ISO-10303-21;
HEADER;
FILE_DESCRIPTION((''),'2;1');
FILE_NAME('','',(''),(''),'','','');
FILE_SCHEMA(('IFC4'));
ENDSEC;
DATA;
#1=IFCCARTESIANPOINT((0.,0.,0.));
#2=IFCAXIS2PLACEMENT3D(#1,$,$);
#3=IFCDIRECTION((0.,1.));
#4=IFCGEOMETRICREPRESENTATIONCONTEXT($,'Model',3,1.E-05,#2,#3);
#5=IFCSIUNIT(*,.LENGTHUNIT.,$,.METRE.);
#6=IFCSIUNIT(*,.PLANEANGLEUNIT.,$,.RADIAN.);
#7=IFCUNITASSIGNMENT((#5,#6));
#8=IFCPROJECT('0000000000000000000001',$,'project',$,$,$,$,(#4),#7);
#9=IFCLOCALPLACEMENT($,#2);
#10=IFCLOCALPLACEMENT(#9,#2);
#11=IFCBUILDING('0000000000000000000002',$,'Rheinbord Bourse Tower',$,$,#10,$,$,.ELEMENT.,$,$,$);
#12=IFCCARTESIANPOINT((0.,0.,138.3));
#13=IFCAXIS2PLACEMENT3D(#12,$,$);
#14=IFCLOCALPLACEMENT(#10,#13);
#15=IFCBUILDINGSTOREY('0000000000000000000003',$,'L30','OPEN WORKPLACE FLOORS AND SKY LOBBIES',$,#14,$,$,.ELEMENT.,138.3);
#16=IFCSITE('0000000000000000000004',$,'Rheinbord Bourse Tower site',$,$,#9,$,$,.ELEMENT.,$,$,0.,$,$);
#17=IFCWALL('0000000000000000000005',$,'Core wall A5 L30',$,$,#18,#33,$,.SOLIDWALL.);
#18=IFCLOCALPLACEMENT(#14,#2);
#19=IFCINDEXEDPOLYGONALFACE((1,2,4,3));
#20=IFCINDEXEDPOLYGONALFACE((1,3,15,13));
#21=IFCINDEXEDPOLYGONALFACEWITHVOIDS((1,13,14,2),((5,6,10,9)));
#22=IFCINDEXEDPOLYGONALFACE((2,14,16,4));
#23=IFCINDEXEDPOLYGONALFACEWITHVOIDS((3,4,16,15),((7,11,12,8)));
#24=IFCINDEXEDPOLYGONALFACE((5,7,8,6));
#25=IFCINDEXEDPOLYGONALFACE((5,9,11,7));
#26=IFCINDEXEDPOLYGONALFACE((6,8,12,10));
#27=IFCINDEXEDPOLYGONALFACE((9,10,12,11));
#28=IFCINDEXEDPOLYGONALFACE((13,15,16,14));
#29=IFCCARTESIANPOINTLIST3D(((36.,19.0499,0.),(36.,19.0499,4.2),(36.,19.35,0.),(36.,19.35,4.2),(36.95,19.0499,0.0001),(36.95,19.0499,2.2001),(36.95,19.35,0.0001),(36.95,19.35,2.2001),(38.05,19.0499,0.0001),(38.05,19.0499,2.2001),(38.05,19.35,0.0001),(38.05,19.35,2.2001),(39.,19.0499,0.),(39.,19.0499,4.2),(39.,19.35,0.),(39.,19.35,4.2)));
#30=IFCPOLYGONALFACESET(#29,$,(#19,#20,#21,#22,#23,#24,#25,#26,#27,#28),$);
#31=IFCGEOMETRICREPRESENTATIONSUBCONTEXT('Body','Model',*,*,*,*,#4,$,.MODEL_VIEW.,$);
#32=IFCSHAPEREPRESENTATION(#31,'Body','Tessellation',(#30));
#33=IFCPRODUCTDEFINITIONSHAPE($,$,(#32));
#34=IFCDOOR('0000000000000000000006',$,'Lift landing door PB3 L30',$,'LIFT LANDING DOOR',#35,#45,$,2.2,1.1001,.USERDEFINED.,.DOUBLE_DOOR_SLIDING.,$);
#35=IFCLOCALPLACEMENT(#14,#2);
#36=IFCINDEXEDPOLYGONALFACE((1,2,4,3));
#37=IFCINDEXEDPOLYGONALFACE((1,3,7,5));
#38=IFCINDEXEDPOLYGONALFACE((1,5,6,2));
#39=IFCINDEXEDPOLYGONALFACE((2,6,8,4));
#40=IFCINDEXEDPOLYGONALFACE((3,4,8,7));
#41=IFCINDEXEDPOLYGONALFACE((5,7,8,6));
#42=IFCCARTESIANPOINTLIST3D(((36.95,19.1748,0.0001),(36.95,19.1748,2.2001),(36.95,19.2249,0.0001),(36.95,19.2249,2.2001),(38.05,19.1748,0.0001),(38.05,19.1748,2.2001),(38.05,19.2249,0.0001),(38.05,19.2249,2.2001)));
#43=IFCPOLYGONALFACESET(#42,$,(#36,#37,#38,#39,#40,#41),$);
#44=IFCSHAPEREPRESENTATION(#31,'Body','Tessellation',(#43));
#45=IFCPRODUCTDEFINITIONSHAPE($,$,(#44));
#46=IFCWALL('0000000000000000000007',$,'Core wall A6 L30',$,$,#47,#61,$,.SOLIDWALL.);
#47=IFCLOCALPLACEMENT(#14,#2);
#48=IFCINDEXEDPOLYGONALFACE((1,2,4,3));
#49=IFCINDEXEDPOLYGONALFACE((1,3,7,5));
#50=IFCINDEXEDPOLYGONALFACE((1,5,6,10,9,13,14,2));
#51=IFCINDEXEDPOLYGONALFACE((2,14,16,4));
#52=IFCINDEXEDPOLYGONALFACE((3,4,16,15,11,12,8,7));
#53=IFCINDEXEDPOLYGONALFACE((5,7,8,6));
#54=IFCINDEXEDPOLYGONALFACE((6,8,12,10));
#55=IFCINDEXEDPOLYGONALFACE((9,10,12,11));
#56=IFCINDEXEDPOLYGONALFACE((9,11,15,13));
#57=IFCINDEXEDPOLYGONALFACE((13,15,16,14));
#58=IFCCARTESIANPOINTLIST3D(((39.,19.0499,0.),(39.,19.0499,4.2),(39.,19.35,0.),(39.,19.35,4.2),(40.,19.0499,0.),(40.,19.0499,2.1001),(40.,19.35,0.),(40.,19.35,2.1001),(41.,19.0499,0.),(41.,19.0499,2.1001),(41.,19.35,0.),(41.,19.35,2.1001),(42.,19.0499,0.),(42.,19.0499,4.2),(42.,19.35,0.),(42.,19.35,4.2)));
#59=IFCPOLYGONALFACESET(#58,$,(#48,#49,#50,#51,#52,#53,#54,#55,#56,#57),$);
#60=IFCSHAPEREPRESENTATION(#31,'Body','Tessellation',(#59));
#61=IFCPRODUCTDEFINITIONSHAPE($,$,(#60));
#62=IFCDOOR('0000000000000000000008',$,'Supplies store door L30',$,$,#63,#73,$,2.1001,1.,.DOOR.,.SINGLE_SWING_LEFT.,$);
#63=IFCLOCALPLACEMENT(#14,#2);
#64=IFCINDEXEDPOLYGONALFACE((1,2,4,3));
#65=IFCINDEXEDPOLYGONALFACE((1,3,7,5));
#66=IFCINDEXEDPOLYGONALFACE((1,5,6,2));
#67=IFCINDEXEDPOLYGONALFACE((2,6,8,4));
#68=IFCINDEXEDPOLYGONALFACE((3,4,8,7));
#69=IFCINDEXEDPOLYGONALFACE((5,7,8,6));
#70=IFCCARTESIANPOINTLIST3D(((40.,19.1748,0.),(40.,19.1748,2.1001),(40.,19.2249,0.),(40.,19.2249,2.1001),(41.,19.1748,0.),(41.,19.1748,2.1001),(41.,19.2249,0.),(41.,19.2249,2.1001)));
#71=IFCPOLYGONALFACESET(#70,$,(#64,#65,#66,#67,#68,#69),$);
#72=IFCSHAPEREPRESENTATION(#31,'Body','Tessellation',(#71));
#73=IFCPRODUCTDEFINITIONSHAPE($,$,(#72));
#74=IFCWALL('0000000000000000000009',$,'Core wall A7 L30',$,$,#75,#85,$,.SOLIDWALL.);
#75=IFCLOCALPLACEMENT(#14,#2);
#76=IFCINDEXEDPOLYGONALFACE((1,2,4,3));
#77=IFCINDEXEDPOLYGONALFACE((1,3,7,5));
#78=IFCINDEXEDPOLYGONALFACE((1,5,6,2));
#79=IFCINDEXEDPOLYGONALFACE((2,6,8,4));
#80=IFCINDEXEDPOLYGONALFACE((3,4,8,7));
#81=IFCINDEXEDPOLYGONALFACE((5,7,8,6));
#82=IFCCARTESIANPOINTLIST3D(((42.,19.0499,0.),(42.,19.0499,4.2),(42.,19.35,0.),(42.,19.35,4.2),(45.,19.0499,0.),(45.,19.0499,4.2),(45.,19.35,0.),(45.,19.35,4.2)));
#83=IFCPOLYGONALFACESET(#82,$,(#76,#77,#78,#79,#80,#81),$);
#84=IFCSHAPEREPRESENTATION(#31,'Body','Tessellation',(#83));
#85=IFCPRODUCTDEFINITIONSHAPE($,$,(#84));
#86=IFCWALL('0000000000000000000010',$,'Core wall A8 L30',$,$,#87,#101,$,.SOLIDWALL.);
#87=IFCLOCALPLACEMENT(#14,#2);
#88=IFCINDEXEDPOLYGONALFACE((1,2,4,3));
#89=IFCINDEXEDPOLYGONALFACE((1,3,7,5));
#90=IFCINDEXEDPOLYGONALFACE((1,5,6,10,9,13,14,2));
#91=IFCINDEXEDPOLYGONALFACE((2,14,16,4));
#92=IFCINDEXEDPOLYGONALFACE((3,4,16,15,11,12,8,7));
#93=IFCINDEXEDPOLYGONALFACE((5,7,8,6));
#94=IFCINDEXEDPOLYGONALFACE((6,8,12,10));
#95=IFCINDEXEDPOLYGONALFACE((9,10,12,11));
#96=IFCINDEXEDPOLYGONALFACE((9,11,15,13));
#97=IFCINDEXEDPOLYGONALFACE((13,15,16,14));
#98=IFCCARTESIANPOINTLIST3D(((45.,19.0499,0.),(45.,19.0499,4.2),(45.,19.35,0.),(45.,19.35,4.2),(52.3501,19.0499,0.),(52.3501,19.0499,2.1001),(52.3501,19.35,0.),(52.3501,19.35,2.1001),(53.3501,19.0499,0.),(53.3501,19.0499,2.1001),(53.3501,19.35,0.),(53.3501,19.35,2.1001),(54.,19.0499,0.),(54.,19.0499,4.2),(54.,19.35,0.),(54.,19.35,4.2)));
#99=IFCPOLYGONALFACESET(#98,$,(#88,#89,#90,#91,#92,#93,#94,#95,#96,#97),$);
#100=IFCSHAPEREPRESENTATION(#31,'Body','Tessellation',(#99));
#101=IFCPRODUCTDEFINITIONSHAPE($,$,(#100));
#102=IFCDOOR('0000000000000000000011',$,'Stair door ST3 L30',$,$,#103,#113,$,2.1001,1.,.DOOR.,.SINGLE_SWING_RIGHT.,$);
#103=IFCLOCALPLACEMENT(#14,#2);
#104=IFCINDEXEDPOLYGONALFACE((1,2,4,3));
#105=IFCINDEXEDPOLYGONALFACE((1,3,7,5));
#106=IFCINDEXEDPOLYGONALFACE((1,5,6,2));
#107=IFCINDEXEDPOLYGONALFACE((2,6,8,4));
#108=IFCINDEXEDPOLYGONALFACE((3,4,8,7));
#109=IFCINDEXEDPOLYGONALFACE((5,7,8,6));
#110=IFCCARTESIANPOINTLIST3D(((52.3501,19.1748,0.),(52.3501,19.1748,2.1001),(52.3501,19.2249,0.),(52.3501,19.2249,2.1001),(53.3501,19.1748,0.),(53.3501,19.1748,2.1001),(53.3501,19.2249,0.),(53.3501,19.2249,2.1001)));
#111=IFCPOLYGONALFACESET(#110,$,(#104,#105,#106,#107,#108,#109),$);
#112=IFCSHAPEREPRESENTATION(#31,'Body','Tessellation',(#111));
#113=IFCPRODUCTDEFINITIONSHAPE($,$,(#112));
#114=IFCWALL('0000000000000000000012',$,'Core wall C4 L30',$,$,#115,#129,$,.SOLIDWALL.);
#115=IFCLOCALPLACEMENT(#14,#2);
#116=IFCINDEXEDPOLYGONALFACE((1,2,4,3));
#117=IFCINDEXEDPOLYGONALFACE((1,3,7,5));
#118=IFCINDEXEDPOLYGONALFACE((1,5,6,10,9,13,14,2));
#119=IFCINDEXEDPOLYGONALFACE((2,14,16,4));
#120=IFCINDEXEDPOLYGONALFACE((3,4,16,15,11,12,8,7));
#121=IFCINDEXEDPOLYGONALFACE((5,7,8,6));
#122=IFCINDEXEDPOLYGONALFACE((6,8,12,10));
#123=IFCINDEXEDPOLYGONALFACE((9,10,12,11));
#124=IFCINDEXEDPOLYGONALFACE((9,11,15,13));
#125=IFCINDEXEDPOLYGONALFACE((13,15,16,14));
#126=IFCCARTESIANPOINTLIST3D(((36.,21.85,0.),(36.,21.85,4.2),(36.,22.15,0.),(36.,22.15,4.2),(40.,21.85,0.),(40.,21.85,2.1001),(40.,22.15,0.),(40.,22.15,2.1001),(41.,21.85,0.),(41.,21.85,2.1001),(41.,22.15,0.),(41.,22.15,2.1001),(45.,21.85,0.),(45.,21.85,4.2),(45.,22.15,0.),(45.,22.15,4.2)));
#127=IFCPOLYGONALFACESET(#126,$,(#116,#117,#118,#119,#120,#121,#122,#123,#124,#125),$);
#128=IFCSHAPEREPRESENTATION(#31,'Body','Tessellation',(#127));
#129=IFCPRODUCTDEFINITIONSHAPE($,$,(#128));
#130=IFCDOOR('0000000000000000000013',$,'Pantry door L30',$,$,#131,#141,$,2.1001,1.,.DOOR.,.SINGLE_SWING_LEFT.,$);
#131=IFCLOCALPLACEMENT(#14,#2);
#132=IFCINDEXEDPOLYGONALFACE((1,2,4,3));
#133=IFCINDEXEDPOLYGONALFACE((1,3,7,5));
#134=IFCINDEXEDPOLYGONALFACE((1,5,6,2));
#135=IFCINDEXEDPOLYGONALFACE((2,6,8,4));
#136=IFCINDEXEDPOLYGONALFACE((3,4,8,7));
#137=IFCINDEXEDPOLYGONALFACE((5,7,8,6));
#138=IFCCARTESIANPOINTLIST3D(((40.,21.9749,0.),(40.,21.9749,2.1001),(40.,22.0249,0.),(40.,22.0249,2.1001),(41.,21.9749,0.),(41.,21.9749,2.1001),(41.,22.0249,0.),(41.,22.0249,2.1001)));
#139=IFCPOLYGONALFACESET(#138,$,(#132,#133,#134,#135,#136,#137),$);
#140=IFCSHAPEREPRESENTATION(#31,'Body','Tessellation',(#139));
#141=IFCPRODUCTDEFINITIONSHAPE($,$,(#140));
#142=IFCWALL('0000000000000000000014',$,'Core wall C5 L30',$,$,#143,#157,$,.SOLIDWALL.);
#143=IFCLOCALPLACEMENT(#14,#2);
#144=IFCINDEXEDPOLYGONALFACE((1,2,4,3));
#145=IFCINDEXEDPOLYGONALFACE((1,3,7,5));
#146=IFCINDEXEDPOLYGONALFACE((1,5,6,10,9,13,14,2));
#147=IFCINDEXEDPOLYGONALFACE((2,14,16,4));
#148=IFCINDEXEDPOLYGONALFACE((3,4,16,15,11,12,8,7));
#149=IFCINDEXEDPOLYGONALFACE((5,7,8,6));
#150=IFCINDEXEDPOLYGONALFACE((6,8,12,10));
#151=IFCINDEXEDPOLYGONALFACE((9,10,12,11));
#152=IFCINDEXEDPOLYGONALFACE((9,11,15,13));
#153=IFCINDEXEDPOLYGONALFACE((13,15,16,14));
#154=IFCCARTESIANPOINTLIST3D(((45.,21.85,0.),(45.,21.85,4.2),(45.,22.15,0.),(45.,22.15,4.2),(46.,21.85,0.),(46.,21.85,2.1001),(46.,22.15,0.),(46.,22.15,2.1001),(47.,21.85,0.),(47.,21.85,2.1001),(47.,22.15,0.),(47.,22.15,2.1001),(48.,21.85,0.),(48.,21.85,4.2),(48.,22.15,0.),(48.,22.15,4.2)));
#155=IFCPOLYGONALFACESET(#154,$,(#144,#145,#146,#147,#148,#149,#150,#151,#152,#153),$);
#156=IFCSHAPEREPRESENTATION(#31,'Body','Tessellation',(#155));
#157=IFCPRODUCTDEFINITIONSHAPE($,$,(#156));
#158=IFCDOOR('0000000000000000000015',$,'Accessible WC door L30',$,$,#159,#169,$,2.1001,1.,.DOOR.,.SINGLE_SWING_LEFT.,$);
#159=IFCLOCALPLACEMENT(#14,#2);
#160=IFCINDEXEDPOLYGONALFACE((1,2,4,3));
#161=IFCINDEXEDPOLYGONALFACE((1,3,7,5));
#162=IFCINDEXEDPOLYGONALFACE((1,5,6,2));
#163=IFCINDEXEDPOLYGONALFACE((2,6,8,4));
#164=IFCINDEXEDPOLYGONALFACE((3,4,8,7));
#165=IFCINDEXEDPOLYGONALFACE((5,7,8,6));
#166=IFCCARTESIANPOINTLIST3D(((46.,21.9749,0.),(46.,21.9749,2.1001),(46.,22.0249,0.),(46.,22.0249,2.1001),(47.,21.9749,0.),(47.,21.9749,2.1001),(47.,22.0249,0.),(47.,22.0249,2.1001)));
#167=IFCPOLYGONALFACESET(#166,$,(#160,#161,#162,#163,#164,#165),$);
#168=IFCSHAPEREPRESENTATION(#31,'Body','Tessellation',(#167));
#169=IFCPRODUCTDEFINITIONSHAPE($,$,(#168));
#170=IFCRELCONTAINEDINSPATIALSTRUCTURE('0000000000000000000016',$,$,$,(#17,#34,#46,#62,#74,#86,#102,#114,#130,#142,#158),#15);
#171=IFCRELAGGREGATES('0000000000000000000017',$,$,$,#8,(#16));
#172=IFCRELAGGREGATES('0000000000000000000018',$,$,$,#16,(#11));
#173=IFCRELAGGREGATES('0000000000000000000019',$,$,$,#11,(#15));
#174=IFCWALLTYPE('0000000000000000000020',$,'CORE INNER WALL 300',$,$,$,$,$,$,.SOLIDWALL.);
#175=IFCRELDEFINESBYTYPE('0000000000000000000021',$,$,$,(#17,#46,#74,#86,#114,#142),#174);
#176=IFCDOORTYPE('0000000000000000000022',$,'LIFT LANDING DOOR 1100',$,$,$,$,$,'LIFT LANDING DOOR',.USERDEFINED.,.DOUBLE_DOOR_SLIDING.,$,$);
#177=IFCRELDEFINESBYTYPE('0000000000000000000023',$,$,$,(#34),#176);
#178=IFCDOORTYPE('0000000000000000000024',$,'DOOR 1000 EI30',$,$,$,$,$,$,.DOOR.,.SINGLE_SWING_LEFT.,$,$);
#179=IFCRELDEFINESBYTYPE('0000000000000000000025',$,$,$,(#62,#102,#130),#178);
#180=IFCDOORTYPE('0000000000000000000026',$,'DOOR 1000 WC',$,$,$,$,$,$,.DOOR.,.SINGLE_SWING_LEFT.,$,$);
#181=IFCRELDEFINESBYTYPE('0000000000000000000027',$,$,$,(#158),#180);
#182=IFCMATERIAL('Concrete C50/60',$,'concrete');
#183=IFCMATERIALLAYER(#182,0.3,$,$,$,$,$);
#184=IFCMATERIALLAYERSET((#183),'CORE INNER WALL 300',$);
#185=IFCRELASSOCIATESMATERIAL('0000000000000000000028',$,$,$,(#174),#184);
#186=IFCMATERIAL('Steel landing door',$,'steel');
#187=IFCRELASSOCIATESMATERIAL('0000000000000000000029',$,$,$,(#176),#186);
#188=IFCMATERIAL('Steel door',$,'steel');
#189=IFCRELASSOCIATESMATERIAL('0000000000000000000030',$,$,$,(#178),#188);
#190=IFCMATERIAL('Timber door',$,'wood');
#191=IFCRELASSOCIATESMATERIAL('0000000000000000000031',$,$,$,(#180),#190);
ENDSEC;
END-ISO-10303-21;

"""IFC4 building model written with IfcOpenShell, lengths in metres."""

from ifc_helpers import new_model, si_unit, direction, frame, frame_2d, origin, place, context, subcontext, project, spatial, rectangle, extrude, material, layer, layer_set, type_object, element, fill, save


model = new_model("IFC4")

# Units and contexts
model_context = context("Model", 3, precision=1e-05, world=origin(), true_north=direction((0.0, 1.0)))
body_context = subcontext(model_context, "Body", "Model", "MODEL_VIEW")
ifc_project = project(units=[si_unit("LENGTHUNIT", "METRE"), si_unit("PLANEANGLEUNIT", "RADIAN")], contexts=[model_context])

# Site, building, storey
site_placement = place(None, origin())
site = spatial("IfcSite", under=ifc_project, at=site_placement, Name="Rheinbord Bourse Tower site", CompositionType="ELEMENT", RefElevation=0.0)
building_placement = place(site_placement, origin())
building = spatial("IfcBuilding", under=site, at=building_placement, Name="Rheinbord Bourse Tower", CompositionType="ELEMENT")
storey_placement = place(building_placement, frame((0.0, 0.0, 138.3)))
storey = spatial("IfcBuildingStorey", under=building, at=storey_placement, Name="L30", Description="OPEN WORKPLACE FLOORS AND SKY LOBBIES", CompositionType="ELEMENT", Elevation=138.3)

# Walls, openings, doors
ifc_material_1 = material(Name="Concrete C50/60", Category="concrete")
ifc_layer_1 = layer(ifc_material_1, 0.3)
ifc_layer_set_1 = layer_set([ifc_layer_1], Name="CORE INNER WALL 300")
wall_type_1 = type_object("IfcWallType", Name="CORE INNER WALL 300", PredefinedType="SOLIDWALL", material=ifc_layer_set_1)
wall_1_placement = place(storey_placement, frame((36.0, 19.2, 0.0), z_axis=(0.0, 0.0, 1.0), x_axis=(1.0, 0.0, 0.0)))
wall_1 = element("IfcWall", 1, at=wall_1_placement, inside=storey, type_object=wall_type_1, Name="Core wall A5 L30", PredefinedType="SOLIDWALL", context=body_context, shape_type="SweptSolid", body=[
    extrude(rectangle(XDim=3.0, YDim=0.3, at=frame_2d((1.5, 0.0))), origin(), (0.0, 0.0, 1.0), 4.2),
])
opening_1_placement = place(wall_1_placement, frame((0.95, 0.0, 0.0)))
opening_1 = element("IfcOpeningElement", 2, at=opening_1_placement, cuts=wall_1, PredefinedType="OPENING", context=body_context, shape_type="SweptSolid", body=[
    extrude(rectangle(XDim=1.1001, YDim=2.2, at=frame_2d((0.55, 1.1001))), frame((0.0, 0.1599, 0.0), z_axis=(0.0, -1.0, 0.0), x_axis=(1.0, 0.0, 0.0)), (0.0, 0.0, 1.0), 0.3201),
])
ifc_material_2 = material(Name="Steel landing door", Category="steel")
door_type_1 = type_object("IfcDoorType", Name="LIFT LANDING DOOR 1100", ElementType="LIFT LANDING DOOR", OperationType="DOUBLE_DOOR_SLIDING", PredefinedType="USERDEFINED", material=ifc_material_2)
door_1_placement = place(opening_1_placement, origin())
door_1 = element("IfcDoor", 3, at=door_1_placement, inside=storey, type_object=door_type_1, Name="Lift landing door PB3 L30", ObjectType="LIFT LANDING DOOR", OperationType="DOUBLE_DOOR_SLIDING", OverallHeight=2.2, OverallWidth=1.1001, PredefinedType="USERDEFINED", context=body_context, shape_type="SweptSolid", body=[
    extrude(rectangle(XDim=1.1001, YDim=2.2, at=frame_2d((0.55, 1.1001))), frame((0.0, 0.0249, 0.0), z_axis=(0.0, -1.0, 0.0), x_axis=(1.0, 0.0, 0.0)), (0.0, 0.0, 1.0), 0.05),
])
fill(opening_1, door_1)
wall_2_placement = place(storey_placement, frame((39.0, 19.2, 0.0), z_axis=(0.0, 0.0, 1.0), x_axis=(1.0, 0.0, 0.0)))
wall_2 = element("IfcWall", 4, at=wall_2_placement, inside=storey, type_object=wall_type_1, Name="Core wall A6 L30", PredefinedType="SOLIDWALL", context=body_context, shape_type="SweptSolid", body=[
    extrude(rectangle(XDim=3.0, YDim=0.3, at=frame_2d((1.5, 0.0))), origin(), (0.0, 0.0, 1.0), 4.2),
])
opening_2_placement = place(wall_2_placement, frame((1.0, 0.0, 0.0)))
opening_2 = element("IfcOpeningElement", 5, at=opening_2_placement, cuts=wall_2, PredefinedType="OPENING", context=body_context, shape_type="SweptSolid", body=[
    extrude(rectangle(XDim=1.0, YDim=2.1001, at=frame_2d((0.5, 1.05))), frame((0.0, 0.1599, 0.0), z_axis=(0.0, -1.0, 0.0), x_axis=(1.0, 0.0, 0.0)), (0.0, 0.0, 1.0), 0.3201),
])
ifc_material_3 = material(Name="Steel door", Category="steel")
door_type_2 = type_object("IfcDoorType", Name="DOOR 1000 EI30", OperationType="SINGLE_SWING_LEFT", PredefinedType="DOOR", material=ifc_material_3)
door_2_placement = place(opening_2_placement, origin())
door_2 = element("IfcDoor", 6, at=door_2_placement, inside=storey, type_object=door_type_2, Name="Supplies store door L30", OperationType="SINGLE_SWING_LEFT", OverallHeight=2.1001, OverallWidth=1.0, PredefinedType="DOOR", context=body_context, shape_type="SweptSolid", body=[
    extrude(rectangle(XDim=1.0, YDim=2.1001, at=frame_2d((0.5, 1.05))), frame((0.0, 0.0249, 0.0), z_axis=(0.0, -1.0, 0.0), x_axis=(1.0, 0.0, 0.0)), (0.0, 0.0, 1.0), 0.05),
])
fill(opening_2, door_2)

# Wall
wall_3_placement = place(storey_placement, frame((42.0, 19.2, 0.0), z_axis=(0.0, 0.0, 1.0), x_axis=(1.0, 0.0, 0.0)))
element("IfcWall", 7, at=wall_3_placement, inside=storey, type_object=wall_type_1, Name="Core wall A7 L30", PredefinedType="SOLIDWALL", context=body_context, shape_type="SweptSolid", body=[
    extrude(rectangle(XDim=3.0, YDim=0.3, at=frame_2d((1.5, 0.0))), origin(), (0.0, 0.0, 1.0), 4.2),
])

# Walls, openings, doors
wall_4_placement = place(storey_placement, frame((45.0, 19.2, 0.0), z_axis=(0.0, 0.0, 1.0), x_axis=(1.0, 0.0, 0.0)))
wall_4 = element("IfcWall", 8, at=wall_4_placement, inside=storey, type_object=wall_type_1, Name="Core wall A8 L30", PredefinedType="SOLIDWALL", context=body_context, shape_type="SweptSolid", body=[
    extrude(rectangle(XDim=9.0, YDim=0.3, at=frame_2d((4.5, 0.0))), origin(), (0.0, 0.0, 1.0), 4.2),
])
opening_3_placement = place(wall_4_placement, frame((7.3501, 0.0, 0.0)))
opening_3 = element("IfcOpeningElement", 9, at=opening_3_placement, cuts=wall_4, PredefinedType="OPENING", context=body_context, shape_type="SweptSolid", body=[
    extrude(rectangle(XDim=1.0, YDim=2.1001, at=frame_2d((0.5, 1.05))), frame((0.0, 0.1599, 0.0), z_axis=(0.0, -1.0, 0.0), x_axis=(1.0, 0.0, 0.0)), (0.0, 0.0, 1.0), 0.3201),
])
door_3_placement = place(opening_3_placement, origin())
door_3 = element("IfcDoor", 10, at=door_3_placement, inside=storey, type_object=door_type_2, Name="Stair door ST3 L30", OperationType="SINGLE_SWING_RIGHT", OverallHeight=2.1001, OverallWidth=1.0, PredefinedType="DOOR", context=body_context, shape_type="SweptSolid", body=[
    extrude(rectangle(XDim=1.0, YDim=2.1001, at=frame_2d((0.5, 1.05))), frame((0.0, 0.0249, 0.0), z_axis=(0.0, -1.0, 0.0), x_axis=(1.0, 0.0, 0.0)), (0.0, 0.0, 1.0), 0.05),
])
fill(opening_3, door_3)
wall_5_placement = place(storey_placement, frame((36.0, 22.0, 0.0), z_axis=(0.0, 0.0, 1.0), x_axis=(1.0, 0.0, 0.0)))
wall_5 = element("IfcWall", 11, at=wall_5_placement, inside=storey, type_object=wall_type_1, Name="Core wall C4 L30", PredefinedType="SOLIDWALL", context=body_context, shape_type="SweptSolid", body=[
    extrude(rectangle(XDim=9.0, YDim=0.3, at=frame_2d((4.5, 0.0))), origin(), (0.0, 0.0, 1.0), 4.2),
])
opening_4_placement = place(wall_5_placement, frame((4.0, 0.0, 0.0)))
opening_4 = element("IfcOpeningElement", 12, at=opening_4_placement, cuts=wall_5, PredefinedType="OPENING", context=body_context, shape_type="SweptSolid", body=[
    extrude(rectangle(XDim=1.0, YDim=2.1001, at=frame_2d((0.5, 1.05))), frame((0.0, 0.1599, 0.0), z_axis=(0.0, -1.0, 0.0), x_axis=(1.0, 0.0, 0.0)), (0.0, 0.0, 1.0), 0.3201),
])
door_4_placement = place(opening_4_placement, origin())
door_4 = element("IfcDoor", 13, at=door_4_placement, inside=storey, type_object=door_type_2, Name="Pantry door L30", OperationType="SINGLE_SWING_LEFT", OverallHeight=2.1001, OverallWidth=1.0, PredefinedType="DOOR", context=body_context, shape_type="SweptSolid", body=[
    extrude(rectangle(XDim=1.0, YDim=2.1001, at=frame_2d((0.5, 1.05))), frame((0.0, 0.0249, 0.0), z_axis=(0.0, -1.0, 0.0), x_axis=(1.0, 0.0, 0.0)), (0.0, 0.0, 1.0), 0.05),
])
fill(opening_4, door_4)
wall_6_placement = place(storey_placement, frame((45.0, 22.0, 0.0), z_axis=(0.0, 0.0, 1.0), x_axis=(1.0, 0.0, 0.0)))
wall_6 = element("IfcWall", 14, at=wall_6_placement, inside=storey, type_object=wall_type_1, Name="Core wall C5 L30", PredefinedType="SOLIDWALL", context=body_context, shape_type="SweptSolid", body=[
    extrude(rectangle(XDim=3.0, YDim=0.3, at=frame_2d((1.5, 0.0))), origin(), (0.0, 0.0, 1.0), 4.2),
])
opening_5_placement = place(wall_6_placement, frame((1.0, 0.0, 0.0)))
opening_5 = element("IfcOpeningElement", 15, at=opening_5_placement, cuts=wall_6, PredefinedType="OPENING", context=body_context, shape_type="SweptSolid", body=[
    extrude(rectangle(XDim=1.0, YDim=2.1001, at=frame_2d((0.5, 1.05))), frame((0.0, 0.1599, 0.0), z_axis=(0.0, -1.0, 0.0), x_axis=(1.0, 0.0, 0.0)), (0.0, 0.0, 1.0), 0.3201),
])
ifc_material_4 = material(Name="Timber door", Category="wood")
door_type_3 = type_object("IfcDoorType", Name="DOOR 1000 WC", OperationType="SINGLE_SWING_LEFT", PredefinedType="DOOR", material=ifc_material_4)
door_5_placement = place(opening_5_placement, origin())
door_5 = element("IfcDoor", 16, at=door_5_placement, inside=storey, type_object=door_type_3, Name="Accessible WC door L30", OperationType="SINGLE_SWING_LEFT", OverallHeight=2.1001, OverallWidth=1.0, PredefinedType="DOOR", context=body_context, shape_type="SweptSolid", body=[
    extrude(rectangle(XDim=1.0, YDim=2.1001, at=frame_2d((0.5, 1.05))), frame((0.0, 0.0249, 0.0), z_axis=(0.0, -1.0, 0.0), x_axis=(1.0, 0.0, 0.0)), (0.0, 0.0, 1.0), 0.05),
])
fill(opening_5, door_5)

save(model, "model.ifc")
